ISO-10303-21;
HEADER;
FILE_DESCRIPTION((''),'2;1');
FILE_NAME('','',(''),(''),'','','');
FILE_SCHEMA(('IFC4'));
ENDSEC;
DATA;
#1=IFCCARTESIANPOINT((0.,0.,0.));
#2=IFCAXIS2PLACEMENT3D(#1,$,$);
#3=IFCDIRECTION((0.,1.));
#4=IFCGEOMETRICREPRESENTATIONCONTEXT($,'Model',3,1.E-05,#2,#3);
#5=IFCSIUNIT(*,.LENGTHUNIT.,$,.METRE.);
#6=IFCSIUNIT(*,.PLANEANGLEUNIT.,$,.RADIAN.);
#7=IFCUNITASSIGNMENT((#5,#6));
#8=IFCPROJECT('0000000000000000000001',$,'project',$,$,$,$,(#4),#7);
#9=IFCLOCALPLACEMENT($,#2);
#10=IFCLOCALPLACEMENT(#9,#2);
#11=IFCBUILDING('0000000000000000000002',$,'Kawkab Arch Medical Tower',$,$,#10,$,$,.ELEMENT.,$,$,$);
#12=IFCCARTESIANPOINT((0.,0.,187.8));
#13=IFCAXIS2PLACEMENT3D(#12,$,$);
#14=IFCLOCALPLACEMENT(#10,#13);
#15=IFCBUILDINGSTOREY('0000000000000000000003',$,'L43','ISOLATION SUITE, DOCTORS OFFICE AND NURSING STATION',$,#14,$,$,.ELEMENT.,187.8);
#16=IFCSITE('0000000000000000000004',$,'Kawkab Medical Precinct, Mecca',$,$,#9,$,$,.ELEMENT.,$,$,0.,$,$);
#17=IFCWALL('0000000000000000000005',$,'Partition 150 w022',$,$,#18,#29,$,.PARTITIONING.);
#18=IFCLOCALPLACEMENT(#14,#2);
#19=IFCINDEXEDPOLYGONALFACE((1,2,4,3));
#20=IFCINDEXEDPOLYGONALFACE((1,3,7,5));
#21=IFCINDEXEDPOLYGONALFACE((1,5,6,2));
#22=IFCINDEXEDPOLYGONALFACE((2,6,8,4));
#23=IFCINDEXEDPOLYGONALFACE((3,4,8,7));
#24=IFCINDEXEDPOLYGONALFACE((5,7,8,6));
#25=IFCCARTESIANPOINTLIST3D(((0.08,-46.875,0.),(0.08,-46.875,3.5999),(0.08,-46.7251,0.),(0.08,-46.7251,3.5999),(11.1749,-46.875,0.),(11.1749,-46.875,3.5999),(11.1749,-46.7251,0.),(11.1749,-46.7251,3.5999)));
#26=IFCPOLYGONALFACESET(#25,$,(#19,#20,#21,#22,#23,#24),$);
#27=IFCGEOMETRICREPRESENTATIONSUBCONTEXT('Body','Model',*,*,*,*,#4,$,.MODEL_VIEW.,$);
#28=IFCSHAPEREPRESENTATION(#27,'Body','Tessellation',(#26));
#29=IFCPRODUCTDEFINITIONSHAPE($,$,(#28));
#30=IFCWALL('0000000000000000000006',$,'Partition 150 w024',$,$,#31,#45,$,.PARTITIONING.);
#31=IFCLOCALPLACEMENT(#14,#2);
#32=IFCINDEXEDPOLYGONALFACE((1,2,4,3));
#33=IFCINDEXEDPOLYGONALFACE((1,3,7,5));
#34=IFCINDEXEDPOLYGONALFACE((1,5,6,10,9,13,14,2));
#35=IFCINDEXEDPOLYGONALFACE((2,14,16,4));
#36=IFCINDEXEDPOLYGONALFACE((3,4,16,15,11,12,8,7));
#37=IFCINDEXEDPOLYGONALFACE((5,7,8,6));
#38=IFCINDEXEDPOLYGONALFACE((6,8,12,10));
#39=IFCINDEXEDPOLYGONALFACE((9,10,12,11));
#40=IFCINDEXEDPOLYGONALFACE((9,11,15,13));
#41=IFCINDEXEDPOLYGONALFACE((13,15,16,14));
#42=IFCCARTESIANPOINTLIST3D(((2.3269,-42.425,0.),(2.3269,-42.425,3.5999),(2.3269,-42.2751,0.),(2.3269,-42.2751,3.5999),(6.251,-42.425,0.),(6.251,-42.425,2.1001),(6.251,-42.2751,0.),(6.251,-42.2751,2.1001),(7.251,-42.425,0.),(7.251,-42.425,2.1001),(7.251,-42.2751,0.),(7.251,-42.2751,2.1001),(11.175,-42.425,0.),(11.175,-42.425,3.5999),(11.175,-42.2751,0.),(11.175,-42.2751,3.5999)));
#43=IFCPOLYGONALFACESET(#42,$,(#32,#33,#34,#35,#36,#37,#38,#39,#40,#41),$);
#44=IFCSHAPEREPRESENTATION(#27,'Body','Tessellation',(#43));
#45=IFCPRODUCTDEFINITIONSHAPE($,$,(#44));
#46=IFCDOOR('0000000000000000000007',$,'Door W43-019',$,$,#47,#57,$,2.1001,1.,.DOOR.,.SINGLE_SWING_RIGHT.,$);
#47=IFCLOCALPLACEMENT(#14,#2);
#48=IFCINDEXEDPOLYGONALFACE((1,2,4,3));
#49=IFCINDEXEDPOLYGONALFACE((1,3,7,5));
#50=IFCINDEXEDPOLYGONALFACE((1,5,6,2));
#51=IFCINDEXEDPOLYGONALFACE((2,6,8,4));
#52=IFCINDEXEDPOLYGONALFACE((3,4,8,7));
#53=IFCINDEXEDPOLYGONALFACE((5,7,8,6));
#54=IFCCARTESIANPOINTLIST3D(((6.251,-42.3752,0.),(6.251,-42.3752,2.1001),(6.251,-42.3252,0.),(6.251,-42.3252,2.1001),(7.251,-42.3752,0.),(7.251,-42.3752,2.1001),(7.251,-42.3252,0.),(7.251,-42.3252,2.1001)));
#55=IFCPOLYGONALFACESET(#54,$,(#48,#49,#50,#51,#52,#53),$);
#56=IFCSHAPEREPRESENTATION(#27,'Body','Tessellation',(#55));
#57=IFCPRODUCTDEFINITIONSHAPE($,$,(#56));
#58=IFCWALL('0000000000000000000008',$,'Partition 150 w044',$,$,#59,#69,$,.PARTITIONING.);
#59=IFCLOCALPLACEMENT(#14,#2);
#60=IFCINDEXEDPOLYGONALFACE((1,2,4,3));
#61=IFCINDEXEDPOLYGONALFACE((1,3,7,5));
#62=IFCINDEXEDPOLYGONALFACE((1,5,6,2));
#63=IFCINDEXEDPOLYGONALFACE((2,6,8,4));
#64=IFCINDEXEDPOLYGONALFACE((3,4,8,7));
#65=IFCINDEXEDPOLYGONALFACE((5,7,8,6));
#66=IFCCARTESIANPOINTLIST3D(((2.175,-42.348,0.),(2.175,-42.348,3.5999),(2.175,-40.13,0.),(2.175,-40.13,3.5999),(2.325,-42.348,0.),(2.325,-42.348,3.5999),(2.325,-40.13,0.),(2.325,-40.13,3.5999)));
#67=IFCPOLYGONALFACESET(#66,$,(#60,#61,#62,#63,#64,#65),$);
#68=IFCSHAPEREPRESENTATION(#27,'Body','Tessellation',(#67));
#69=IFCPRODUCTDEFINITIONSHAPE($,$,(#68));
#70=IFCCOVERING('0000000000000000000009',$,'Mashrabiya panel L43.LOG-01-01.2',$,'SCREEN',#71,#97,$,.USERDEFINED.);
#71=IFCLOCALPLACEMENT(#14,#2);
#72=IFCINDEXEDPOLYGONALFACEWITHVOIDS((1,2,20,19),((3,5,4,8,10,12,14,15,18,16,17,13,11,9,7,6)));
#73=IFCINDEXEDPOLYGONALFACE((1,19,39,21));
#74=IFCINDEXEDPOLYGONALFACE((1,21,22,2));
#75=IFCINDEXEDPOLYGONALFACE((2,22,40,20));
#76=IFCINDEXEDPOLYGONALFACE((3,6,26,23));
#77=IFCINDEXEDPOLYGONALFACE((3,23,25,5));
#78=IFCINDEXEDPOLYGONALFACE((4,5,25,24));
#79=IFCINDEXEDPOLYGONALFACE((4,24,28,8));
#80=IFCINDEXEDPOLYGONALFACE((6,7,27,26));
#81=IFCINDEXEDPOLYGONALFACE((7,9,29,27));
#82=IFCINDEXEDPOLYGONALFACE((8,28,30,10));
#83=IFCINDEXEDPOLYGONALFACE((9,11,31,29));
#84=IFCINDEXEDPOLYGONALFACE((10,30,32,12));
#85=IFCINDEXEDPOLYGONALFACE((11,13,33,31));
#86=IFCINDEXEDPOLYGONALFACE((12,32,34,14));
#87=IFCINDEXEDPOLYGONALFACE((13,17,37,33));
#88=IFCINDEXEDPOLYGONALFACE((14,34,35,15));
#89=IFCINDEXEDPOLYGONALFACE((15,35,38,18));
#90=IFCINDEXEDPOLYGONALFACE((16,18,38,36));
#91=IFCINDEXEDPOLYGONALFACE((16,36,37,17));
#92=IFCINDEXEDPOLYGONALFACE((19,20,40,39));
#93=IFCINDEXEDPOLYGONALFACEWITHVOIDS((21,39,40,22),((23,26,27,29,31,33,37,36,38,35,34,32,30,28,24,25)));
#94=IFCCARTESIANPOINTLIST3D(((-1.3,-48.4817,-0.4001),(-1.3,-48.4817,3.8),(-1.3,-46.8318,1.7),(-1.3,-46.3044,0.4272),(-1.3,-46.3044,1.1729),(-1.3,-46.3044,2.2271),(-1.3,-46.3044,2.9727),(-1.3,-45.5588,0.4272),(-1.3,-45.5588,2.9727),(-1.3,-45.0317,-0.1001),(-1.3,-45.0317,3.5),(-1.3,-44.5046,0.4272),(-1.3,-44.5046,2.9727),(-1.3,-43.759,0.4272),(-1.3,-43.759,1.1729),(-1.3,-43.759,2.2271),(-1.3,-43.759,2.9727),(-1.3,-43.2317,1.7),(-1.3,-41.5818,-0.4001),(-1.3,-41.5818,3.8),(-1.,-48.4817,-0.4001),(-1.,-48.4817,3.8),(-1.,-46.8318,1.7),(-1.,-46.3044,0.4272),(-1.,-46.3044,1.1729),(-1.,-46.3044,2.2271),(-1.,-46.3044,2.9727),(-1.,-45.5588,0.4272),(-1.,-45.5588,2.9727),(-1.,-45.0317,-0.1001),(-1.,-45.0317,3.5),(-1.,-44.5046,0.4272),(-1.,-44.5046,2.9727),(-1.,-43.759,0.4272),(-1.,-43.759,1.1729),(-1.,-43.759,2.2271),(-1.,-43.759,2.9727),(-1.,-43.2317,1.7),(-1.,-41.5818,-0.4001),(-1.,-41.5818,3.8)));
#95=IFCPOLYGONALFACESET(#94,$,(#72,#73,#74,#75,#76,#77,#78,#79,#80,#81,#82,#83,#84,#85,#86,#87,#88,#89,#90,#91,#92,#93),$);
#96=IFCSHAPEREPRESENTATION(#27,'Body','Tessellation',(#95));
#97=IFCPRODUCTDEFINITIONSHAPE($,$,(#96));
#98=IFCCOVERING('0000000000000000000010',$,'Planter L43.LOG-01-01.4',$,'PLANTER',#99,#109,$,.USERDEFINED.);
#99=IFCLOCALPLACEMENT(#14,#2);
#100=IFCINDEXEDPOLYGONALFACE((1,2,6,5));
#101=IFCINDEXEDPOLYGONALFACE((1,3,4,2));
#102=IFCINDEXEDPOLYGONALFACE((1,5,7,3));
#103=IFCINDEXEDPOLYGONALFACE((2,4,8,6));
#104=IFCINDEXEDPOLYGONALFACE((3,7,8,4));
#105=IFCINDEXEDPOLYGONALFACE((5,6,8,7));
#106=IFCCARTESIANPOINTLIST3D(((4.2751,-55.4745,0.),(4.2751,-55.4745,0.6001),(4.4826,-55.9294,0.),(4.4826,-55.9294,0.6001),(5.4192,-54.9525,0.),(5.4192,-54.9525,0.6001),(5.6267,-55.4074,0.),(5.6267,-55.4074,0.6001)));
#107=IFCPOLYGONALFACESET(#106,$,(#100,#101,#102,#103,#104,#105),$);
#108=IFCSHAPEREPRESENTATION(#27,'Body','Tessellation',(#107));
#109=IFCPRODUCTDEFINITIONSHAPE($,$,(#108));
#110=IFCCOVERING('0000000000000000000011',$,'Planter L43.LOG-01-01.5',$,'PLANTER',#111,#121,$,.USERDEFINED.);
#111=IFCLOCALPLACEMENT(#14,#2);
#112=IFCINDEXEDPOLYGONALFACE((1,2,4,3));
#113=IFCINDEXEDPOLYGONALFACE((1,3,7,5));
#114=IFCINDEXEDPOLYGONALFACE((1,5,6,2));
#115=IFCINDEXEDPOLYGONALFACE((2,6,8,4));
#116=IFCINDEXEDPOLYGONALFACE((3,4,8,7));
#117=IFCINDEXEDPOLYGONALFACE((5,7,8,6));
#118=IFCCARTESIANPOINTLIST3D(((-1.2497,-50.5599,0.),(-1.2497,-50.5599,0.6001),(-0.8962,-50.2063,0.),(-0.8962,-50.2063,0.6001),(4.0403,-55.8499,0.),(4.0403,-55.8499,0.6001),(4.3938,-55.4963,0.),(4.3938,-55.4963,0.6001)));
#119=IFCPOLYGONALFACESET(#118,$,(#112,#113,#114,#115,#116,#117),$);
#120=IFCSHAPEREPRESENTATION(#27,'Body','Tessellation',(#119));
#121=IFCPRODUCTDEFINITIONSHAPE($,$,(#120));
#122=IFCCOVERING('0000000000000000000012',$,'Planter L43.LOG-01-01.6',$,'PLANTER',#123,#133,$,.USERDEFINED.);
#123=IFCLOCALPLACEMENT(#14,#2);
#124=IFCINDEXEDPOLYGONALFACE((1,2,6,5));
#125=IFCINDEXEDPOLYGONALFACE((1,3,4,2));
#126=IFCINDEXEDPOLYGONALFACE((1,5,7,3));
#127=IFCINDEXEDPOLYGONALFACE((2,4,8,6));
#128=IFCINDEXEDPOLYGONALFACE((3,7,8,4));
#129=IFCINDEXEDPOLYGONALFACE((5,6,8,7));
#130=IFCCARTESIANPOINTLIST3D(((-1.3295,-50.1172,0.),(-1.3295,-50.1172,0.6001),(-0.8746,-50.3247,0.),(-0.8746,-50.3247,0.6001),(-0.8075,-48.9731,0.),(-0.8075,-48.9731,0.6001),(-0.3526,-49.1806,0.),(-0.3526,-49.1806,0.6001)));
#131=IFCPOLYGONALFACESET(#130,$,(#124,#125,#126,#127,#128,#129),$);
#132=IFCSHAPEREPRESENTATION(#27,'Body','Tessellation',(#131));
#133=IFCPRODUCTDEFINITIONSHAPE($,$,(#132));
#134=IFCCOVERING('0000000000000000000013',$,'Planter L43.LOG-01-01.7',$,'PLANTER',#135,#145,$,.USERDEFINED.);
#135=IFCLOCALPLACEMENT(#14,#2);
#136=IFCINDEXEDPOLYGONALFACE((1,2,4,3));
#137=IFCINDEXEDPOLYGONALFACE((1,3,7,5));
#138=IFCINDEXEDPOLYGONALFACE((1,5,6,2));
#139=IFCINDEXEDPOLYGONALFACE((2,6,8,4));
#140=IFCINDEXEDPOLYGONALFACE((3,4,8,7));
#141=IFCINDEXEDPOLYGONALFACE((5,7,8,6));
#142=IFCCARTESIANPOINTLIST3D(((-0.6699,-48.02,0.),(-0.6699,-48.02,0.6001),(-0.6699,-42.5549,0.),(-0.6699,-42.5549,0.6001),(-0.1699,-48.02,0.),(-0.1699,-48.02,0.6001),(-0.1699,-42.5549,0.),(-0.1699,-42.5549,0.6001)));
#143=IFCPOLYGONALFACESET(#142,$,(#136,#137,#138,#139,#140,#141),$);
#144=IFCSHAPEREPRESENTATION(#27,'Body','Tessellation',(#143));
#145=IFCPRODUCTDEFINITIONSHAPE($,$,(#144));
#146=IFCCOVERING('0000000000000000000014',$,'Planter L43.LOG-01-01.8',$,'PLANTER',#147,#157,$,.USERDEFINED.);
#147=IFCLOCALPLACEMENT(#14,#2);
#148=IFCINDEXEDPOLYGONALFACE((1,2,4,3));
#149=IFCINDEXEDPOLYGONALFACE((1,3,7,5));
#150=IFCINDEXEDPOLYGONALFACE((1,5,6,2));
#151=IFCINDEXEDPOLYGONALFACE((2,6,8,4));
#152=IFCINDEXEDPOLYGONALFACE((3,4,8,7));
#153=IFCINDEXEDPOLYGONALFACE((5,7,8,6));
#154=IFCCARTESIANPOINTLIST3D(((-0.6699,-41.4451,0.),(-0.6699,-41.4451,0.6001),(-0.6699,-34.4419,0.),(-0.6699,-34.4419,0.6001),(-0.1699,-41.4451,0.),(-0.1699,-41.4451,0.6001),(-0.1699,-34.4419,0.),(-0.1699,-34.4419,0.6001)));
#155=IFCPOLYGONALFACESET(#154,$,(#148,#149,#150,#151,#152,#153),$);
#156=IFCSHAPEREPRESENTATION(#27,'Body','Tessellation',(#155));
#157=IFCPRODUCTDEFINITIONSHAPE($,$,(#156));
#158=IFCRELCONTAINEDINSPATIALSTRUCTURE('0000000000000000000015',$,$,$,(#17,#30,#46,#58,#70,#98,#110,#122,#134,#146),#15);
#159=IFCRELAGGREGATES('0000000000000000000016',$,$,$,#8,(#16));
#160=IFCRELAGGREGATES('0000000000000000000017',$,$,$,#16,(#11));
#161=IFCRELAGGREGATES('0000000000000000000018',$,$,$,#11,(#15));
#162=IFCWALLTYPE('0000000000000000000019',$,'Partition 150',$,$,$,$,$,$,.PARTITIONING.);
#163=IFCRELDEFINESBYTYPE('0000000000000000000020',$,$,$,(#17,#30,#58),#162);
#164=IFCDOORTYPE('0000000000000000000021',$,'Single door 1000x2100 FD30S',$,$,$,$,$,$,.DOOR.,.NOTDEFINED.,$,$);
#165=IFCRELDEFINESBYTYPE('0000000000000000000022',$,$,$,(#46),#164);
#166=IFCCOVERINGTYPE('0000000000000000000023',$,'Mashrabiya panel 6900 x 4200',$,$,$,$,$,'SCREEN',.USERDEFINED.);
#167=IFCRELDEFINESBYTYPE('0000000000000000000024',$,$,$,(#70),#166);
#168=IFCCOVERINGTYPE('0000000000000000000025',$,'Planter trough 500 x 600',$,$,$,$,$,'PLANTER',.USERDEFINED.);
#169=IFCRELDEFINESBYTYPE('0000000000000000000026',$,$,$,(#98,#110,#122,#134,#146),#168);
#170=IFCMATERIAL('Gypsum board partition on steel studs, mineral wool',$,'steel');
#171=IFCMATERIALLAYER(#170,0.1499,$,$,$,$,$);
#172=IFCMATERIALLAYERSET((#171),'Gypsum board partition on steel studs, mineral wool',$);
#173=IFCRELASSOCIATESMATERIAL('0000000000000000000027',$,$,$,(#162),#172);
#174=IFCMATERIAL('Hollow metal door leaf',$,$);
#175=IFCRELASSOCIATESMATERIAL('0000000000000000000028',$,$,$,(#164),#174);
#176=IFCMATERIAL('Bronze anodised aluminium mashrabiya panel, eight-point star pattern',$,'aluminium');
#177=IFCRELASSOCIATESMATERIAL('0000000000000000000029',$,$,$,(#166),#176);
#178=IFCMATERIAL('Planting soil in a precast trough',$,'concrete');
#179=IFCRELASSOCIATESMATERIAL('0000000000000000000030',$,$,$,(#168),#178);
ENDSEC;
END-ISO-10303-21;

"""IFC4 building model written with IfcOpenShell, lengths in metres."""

from ifc_helpers import new_model, si_unit, direction, frame, frame_2d, origin, origin_2d, place, context, subcontext, project, spatial, polyline, rectangle, outline, extrude, material, layer, layer_set, material_profile, profile_set, type_object, element, fill, save


model = new_model("IFC4")

# Units and contexts
model_context = context("Model", 3, precision=1e-05, world=origin(), true_north=direction((0.0, 1.0)))
body_context = subcontext(model_context, "Body", "Model", "MODEL_VIEW")
ifc_project = project(units=[si_unit("LENGTHUNIT", "METRE"), si_unit("PLANEANGLEUNIT", "RADIAN")], contexts=[model_context])

# Site, building, storey
site_placement = place(None, origin())
site = spatial("IfcSite", under=ifc_project, at=site_placement, Name="Kawkab Medical Precinct, Mecca", CompositionType="ELEMENT", RefElevation=0.0)
building_placement = place(site_placement, origin())
building = spatial("IfcBuilding", under=site, at=building_placement, Name="Kawkab Arch Medical Tower", CompositionType="ELEMENT")
storey_placement = place(building_placement, frame((0.0, 0.0, 187.8)))
storey = spatial("IfcBuildingStorey", under=building, at=storey_placement, Name="L43", Description="ISOLATION SUITE, DOCTORS OFFICE AND NURSING STATION", CompositionType="ELEMENT", Elevation=187.8)

# Wall
ifc_material_1 = material(Name="Gypsum board partition on steel studs, mineral wool", Category="steel")
ifc_layer_1 = layer(ifc_material_1, 0.1499)
ifc_layer_set_1 = layer_set([ifc_layer_1], Name="Gypsum board partition on steel studs, mineral wool")
wall_type = type_object("IfcWallType", Name="Partition 150", PredefinedType="PARTITIONING", material=ifc_layer_set_1)
wall_1_placement = place(storey_placement, frame((0.0801, -46.8, 0.0), z_axis=(0.0, 0.0, 1.0), x_axis=(1.0, 0.0, 0.0)))
element("IfcWall", 1, at=wall_1_placement, inside=storey, type_object=wall_type, Name="Partition 150 w022", PredefinedType="PARTITIONING", context=body_context, shape_type="SweptSolid", body=[
    extrude(rectangle(XDim=11.095, YDim=0.1499, at=frame_2d((5.5474, 0.0))), origin(), (0.0, 0.0, 1.0), 3.5999),
])

# Wall, opening, door
wall_2_placement = place(storey_placement, frame((2.3269, -42.3501, 0.0), z_axis=(0.0, 0.0, 1.0), x_axis=(1.0, 0.0, 0.0)))
wall_2 = element("IfcWall", 2, at=wall_2_placement, inside=storey, type_object=wall_type, Name="Partition 150 w024", PredefinedType="PARTITIONING", context=body_context, shape_type="SweptSolid", body=[
    extrude(rectangle(XDim=8.8481, YDim=0.1499, at=frame_2d((4.4241, 0.0))), origin(), (0.0, 0.0, 1.0), 3.5999),
])
opening_placement = place(wall_2_placement, frame((3.9241, 0.0, 0.0)))
opening = element("IfcOpeningElement", 3, at=opening_placement, cuts=wall_2, PredefinedType="OPENING", context=body_context, shape_type="SweptSolid", body=[
    extrude(rectangle(XDim=1.0, YDim=2.1001, at=frame_2d((0.5, 1.05))), frame((0.0, 0.085, 0.0), z_axis=(0.0, -1.0, 0.0), x_axis=(1.0, 0.0, 0.0)), (0.0, 0.0, 1.0), 0.1699),
])
ifc_material_2 = material(Name="Hollow metal door leaf")
door_type = type_object("IfcDoorType", Name="Single door 1000x2100 FD30S", OperationType="NOTDEFINED", PredefinedType="DOOR", material=ifc_material_2)
door_placement = place(opening_placement, origin())
door = element("IfcDoor", 4, at=door_placement, inside=storey, type_object=door_type, Name="Door W43-019", OperationType="SINGLE_SWING_RIGHT", OverallHeight=2.1001, OverallWidth=1.0, PredefinedType="DOOR", context=body_context, shape_type="SweptSolid", body=[
    extrude(rectangle(XDim=1.0, YDim=2.1001, at=frame_2d((0.5, 1.05))), frame((0.0, 0.0249, 0.0), z_axis=(0.0, -1.0, 0.0), x_axis=(1.0, 0.0, 0.0)), (0.0, 0.0, 1.0), 0.05),
])
fill(opening, door)

# Wall
wall_3_placement = place(storey_placement, frame((2.25, -42.3479, 0.0), z_axis=(0.0, 0.0, 1.0), x_axis=(0.0, 1.0, 0.0)))
element("IfcWall", 5, at=wall_3_placement, inside=storey, type_object=wall_type, Name="Partition 150 w044", PredefinedType="PARTITIONING", context=body_context, shape_type="SweptSolid", body=[
    extrude(rectangle(XDim=2.218, YDim=0.1499, at=frame_2d((1.1089, 0.0))), origin(), (0.0, 0.0, 1.0), 3.5999),
])

# Coverings
ifc_material_3 = material(Name="Bronze anodised aluminium mashrabiya panel, eight-point star pattern", Category="aluminium")
ifc_material_profile_1 = material_profile(ifc_material_3, outline(polyline([(-3.45, -2.1001), (3.45, -2.1001), (3.45, 2.1001), (-3.45, 2.1001), (-3.45, -2.1001)]), holes=[polyline([(1.8, 0.0), (1.2727, 0.5271), (1.2727, 1.2727), (0.5271, 1.2727), (0.0, 1.8), (-0.5271, 1.2727), (-1.2727, 1.2727), (-1.2727, 0.5271), (-1.8, 0.0), (-1.2727, -0.5271), (-1.2727, -1.2727), (-0.5271, -1.2727), (0.0, -1.8), (0.5271, -1.2727), (1.2727, -1.2727), (1.2727, -0.5271), (1.8, 0.0)])]), Name="Mashrabiya panel 6900x4200")
ifc_profile_set_1 = profile_set([ifc_material_profile_1], Name="Bronze anodised aluminium mashrabiya panel, eight-point star pattern")
covering_type_1 = type_object("IfcCoveringType", Name="Mashrabiya panel 6900 x 4200", ElementType="SCREEN", PredefinedType="USERDEFINED", material=ifc_profile_set_1)
covering_1_placement = place(storey_placement, frame((-1.0, -45.0317, 1.7), z_axis=(-1.0, 0.0, 0.0), x_axis=(0.0, -1.0, 0.0)))
element("IfcCovering", 6, at=covering_1_placement, inside=storey, type_object=covering_type_1, Name="Mashrabiya panel L43.LOG-01-01.2", ObjectType="SCREEN", PredefinedType="USERDEFINED", context=body_context, shape_type="SweptSolid", body=[
    extrude(outline(polyline([(-3.45, -2.1001), (3.45, -2.1001), (3.45, 2.1001), (-3.45, 2.1001), (-3.45, -2.1001)]), holes=[polyline([(1.8, 0.0), (1.2727, 0.5271), (1.2727, 1.2727), (0.5271, 1.2727), (0.0, 1.8), (-0.5271, 1.2727), (-1.2727, 1.2727), (-1.2727, 0.5271), (-1.8, 0.0), (-1.2727, -0.5271), (-1.2727, -1.2727), (-0.5271, -1.2727), (0.0, -1.8), (0.5271, -1.2727), (1.2727, -1.2727), (1.2727, -0.5271), (1.8, 0.0)])]), origin(), (0.0, 0.0, 1.0), 0.3),
])
ifc_material_4 = material(Name="Planting soil in a precast trough", Category="concrete")
ifc_material_profile_2 = material_profile(ifc_material_4, rectangle(XDim=0.5, YDim=0.6001, at=origin_2d()), Name="Trough 500x600")
ifc_profile_set_2 = profile_set([ifc_material_profile_2], Name="Planting soil in a precast trough")
covering_type_2 = type_object("IfcCoveringType", Name="Planter trough 500 x 600", ElementType="PLANTER", PredefinedType="USERDEFINED", material=ifc_profile_set_2)
covering_2_placement = place(storey_placement, frame((5.5229, -55.1799, 0.3), z_axis=(-0.90978, -0.41509, 0.0), x_axis=(0.41509, -0.90978, 0.0)))
element("IfcCovering", 7, at=covering_2_placement, inside=storey, type_object=covering_type_2, Name="Planter L43.LOG-01-01.4", ObjectType="PLANTER", PredefinedType="USERDEFINED", context=body_context, shape_type="SweptSolid", body=[
    extrude(rectangle(XDim=0.5, YDim=0.6001, at=origin_2d()), origin(), (0.0, 0.0, 1.0), 1.2576),
])
covering_3_placement = place(storey_placement, frame((4.217, -55.6731, 0.3), z_axis=(-0.707107, 0.707107, 0.0), x_axis=(-0.707107, -0.707107, 0.0)))
element("IfcCovering", 8, at=covering_3_placement, inside=storey, type_object=covering_type_2, Name="Planter L43.LOG-01-01.5", ObjectType="PLANTER", PredefinedType="USERDEFINED", context=body_context, shape_type="SweptSolid", body=[
    extrude(rectangle(XDim=0.5, YDim=0.6001, at=origin_2d()), origin(), (0.0, 0.0, 1.0), 7.4812),
])
covering_4_placement = place(storey_placement, frame((-1.1021, -50.2209, 0.3), z_axis=(0.41509, 0.90978, 0.0), x_axis=(-0.90978, 0.41509, 0.0)))
element("IfcCovering", 9, at=covering_4_placement, inside=storey, type_object=covering_type_2, Name="Planter L43.LOG-01-01.6", ObjectType="PLANTER", PredefinedType="USERDEFINED", context=body_context, shape_type="SweptSolid", body=[
    extrude(rectangle(XDim=0.5, YDim=0.6001, at=origin_2d()), origin(), (0.0, 0.0, 1.0), 1.2576),
])
covering_5_placement = place(storey_placement, frame((-0.4199, -48.02, 0.3), z_axis=(0.0, 1.0, 0.0), x_axis=(-1.0, 0.0, 0.0)))
element("IfcCovering", 10, at=covering_5_placement, inside=storey, type_object=covering_type_2, Name="Planter L43.LOG-01-01.7", ObjectType="PLANTER", PredefinedType="USERDEFINED", context=body_context, shape_type="SweptSolid", body=[
    extrude(rectangle(XDim=0.5, YDim=0.6001, at=origin_2d()), origin(), (0.0, 0.0, 1.0), 5.4651),
])
covering_6_placement = place(storey_placement, frame((-0.4199, -41.4451, 0.3), z_axis=(0.0, 1.0, 0.0), x_axis=(-1.0, 0.0, 0.0)))
element("IfcCovering", 11, at=covering_6_placement, inside=storey, type_object=covering_type_2, Name="Planter L43.LOG-01-01.8", ObjectType="PLANTER", PredefinedType="USERDEFINED", context=body_context, shape_type="SweptSolid", body=[
    extrude(rectangle(XDim=0.5, YDim=0.6001, at=origin_2d()), origin(), (0.0, 0.0, 1.0), 7.0032),
])

save(model, "model.ifc")
